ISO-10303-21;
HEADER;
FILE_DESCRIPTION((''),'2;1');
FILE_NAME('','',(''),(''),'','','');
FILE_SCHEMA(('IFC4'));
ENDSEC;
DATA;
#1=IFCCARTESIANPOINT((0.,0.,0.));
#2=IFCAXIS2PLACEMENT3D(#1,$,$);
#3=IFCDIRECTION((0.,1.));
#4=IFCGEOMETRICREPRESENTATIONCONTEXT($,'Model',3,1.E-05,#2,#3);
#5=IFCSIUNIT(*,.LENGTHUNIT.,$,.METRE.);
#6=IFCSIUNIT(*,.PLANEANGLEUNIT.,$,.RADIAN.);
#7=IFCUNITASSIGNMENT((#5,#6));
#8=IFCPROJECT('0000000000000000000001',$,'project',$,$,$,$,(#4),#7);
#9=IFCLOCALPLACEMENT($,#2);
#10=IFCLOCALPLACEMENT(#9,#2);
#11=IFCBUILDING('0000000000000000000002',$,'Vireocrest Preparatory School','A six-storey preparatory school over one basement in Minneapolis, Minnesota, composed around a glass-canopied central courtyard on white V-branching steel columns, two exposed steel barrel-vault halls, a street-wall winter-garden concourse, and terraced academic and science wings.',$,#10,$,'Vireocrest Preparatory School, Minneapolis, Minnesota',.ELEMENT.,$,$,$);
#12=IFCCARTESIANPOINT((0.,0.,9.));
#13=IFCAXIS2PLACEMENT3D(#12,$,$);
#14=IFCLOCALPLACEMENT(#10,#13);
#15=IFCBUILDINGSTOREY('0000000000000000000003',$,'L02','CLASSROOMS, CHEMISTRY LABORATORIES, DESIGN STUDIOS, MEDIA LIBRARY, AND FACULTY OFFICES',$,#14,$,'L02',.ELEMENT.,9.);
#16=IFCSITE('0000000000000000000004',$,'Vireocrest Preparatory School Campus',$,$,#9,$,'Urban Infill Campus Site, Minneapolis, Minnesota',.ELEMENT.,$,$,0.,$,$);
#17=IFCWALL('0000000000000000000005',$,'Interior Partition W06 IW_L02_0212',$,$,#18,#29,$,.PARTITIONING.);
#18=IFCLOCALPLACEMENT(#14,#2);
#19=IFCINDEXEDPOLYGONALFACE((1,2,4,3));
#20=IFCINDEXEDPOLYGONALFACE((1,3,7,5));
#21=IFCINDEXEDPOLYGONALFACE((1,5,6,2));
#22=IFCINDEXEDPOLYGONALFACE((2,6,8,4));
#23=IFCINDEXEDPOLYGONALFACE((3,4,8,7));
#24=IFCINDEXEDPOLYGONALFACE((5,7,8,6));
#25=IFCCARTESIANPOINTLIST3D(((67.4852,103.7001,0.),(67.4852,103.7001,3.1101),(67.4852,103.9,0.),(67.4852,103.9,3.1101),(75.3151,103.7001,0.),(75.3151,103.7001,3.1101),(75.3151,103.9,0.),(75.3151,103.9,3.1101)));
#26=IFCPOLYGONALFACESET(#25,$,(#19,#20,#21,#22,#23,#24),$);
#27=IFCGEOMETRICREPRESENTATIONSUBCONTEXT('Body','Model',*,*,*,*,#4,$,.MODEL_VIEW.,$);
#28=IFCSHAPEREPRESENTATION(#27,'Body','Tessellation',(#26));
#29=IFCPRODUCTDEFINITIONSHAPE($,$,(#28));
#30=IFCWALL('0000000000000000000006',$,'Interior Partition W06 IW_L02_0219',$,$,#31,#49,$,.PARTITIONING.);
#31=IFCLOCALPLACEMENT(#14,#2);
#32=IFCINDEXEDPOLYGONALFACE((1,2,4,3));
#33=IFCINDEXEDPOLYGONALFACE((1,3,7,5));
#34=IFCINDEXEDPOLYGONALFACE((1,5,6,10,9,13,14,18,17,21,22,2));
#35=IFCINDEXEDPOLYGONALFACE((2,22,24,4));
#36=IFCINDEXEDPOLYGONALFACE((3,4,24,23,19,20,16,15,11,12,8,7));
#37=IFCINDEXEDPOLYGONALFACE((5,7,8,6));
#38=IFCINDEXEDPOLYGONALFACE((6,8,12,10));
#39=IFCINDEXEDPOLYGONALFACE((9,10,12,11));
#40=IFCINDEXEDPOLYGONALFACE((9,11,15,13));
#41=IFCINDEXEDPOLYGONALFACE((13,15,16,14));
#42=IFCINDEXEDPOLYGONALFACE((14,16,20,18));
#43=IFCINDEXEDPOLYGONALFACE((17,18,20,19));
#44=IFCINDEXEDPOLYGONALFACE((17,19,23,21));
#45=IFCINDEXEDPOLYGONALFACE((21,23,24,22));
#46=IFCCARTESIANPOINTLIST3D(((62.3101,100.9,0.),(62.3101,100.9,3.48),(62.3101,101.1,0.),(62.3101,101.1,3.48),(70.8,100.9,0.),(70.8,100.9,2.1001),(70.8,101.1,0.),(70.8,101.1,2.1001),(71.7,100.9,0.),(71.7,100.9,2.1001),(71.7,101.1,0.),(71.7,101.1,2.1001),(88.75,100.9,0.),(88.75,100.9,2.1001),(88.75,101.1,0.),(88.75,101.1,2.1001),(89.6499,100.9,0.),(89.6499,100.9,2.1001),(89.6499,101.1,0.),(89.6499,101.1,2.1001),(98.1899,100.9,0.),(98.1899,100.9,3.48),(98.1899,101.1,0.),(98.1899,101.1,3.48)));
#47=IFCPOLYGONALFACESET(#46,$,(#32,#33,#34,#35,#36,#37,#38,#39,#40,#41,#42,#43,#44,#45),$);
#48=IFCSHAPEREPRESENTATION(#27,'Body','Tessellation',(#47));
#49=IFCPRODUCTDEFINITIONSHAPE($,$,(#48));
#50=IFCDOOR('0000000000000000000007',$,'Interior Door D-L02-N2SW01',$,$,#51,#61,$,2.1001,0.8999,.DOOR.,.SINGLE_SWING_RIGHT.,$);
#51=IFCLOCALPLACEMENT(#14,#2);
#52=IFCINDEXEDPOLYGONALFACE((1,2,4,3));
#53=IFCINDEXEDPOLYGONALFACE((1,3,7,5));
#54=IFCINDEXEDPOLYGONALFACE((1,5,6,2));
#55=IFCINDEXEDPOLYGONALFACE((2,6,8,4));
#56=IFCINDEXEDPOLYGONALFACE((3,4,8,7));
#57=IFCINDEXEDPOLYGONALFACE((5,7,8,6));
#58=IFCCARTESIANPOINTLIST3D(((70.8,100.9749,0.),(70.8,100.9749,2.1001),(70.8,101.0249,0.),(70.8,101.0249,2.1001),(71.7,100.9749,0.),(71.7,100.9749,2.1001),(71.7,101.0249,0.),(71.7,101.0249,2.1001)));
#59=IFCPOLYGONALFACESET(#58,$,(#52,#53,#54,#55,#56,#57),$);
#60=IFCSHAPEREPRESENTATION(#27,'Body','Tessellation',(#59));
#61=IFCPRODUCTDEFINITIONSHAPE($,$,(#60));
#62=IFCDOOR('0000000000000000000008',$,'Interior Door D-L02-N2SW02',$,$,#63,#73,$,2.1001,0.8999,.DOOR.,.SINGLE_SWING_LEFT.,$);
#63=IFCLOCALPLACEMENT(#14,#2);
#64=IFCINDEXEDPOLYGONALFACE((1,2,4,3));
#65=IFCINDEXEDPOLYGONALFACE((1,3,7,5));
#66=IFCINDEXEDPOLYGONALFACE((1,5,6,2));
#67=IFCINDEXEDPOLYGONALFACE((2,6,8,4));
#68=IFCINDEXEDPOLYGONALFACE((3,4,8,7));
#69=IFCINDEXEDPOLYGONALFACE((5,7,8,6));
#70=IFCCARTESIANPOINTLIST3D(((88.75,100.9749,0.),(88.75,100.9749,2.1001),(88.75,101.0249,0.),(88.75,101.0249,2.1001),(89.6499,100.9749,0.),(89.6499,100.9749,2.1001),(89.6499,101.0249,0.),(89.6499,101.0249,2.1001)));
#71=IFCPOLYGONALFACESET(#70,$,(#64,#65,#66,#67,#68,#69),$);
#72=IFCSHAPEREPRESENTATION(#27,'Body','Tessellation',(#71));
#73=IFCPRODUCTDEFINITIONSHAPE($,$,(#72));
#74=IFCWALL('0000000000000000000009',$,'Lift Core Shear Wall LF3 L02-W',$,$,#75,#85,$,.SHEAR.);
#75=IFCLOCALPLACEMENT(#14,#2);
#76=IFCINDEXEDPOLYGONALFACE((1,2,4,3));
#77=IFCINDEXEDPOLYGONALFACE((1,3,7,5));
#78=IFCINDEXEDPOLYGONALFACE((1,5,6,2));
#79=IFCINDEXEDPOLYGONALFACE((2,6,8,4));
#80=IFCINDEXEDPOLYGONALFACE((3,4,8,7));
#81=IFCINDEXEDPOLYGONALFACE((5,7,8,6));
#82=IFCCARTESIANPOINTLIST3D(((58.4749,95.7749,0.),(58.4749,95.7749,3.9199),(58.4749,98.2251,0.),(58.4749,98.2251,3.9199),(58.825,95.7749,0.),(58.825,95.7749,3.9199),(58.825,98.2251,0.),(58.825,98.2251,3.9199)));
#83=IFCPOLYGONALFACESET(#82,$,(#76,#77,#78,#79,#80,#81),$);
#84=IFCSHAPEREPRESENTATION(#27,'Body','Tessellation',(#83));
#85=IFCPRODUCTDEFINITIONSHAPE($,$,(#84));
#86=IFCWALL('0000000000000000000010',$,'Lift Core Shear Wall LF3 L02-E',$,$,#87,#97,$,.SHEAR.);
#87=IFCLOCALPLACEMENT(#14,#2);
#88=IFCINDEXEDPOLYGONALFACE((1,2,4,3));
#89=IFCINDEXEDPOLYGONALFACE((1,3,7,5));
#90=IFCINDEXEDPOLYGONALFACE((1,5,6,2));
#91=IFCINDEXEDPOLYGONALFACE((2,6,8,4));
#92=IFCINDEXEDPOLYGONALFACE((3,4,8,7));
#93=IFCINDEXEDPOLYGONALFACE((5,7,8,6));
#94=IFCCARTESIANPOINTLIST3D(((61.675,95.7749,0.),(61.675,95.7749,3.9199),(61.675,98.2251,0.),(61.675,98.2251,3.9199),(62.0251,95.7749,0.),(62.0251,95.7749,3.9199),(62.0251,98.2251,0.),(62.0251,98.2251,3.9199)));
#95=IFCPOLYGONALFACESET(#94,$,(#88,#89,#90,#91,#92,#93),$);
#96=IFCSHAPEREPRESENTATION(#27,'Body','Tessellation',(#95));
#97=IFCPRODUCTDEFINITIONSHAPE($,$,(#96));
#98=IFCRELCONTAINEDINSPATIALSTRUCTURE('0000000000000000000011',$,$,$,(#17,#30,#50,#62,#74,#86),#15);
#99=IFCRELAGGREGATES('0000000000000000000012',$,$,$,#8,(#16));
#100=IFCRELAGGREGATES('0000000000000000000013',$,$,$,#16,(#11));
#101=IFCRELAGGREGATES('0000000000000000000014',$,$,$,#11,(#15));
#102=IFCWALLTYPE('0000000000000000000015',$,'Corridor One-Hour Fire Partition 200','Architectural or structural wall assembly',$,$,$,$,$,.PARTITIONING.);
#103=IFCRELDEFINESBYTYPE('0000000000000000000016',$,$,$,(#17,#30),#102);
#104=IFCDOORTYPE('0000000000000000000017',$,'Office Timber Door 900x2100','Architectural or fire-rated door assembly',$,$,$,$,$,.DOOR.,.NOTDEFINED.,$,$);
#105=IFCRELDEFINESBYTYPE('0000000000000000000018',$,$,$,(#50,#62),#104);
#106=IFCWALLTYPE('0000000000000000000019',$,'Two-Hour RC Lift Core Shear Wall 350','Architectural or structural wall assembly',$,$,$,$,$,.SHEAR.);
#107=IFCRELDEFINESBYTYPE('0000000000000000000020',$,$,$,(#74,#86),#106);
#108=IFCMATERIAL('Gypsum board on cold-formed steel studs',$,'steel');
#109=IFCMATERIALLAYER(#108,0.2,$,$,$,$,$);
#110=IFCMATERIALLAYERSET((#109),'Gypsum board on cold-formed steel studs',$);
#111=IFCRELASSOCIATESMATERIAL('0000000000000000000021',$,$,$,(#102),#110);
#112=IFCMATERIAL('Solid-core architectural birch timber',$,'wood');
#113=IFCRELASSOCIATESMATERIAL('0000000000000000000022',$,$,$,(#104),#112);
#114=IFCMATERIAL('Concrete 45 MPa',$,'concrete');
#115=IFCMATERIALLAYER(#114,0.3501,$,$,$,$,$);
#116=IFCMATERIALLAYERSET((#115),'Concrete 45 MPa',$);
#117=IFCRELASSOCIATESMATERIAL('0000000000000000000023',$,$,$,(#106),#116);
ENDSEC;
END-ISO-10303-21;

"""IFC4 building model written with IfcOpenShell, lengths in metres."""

from ifc_helpers import new_model, si_unit, direction, frame, frame_2d, origin, place, context, subcontext, project, spatial, rectangle, extrude, material, layer, layer_set, type_object, element, fill, save


model = new_model("IFC4")

# Units and contexts
model_context = context("Model", 3, precision=1e-05, world=origin(), true_north=direction((0.0, 1.0)))
body_context = subcontext(model_context, "Body", "Model", "MODEL_VIEW")
ifc_project = project(units=[si_unit("LENGTHUNIT", "METRE"), si_unit("PLANEANGLEUNIT", "RADIAN")], contexts=[model_context])

# Site, building, storey
site_placement = place(None, origin())
site = spatial("IfcSite", under=ifc_project, at=site_placement, Name="Vireocrest Preparatory School Campus", LongName="Urban Infill Campus Site, Minneapolis, Minnesota", CompositionType="ELEMENT", RefElevation=0.0)
building_placement = place(site_placement, origin())
building = spatial("IfcBuilding", under=site, at=building_placement, Name="Vireocrest Preparatory School", Description="A six-storey preparatory school over one basement in Minneapolis, Minnesota, composed around a glass-canopied central courtyard on white V-branching steel columns, two exposed steel barrel-vault halls, a street-wall winter-garden concourse, and terraced academic and science wings.", LongName="Vireocrest Preparatory School, Minneapolis, Minnesota", CompositionType="ELEMENT")
storey_placement = place(building_placement, frame((0.0, 0.0, 9.0)))
storey = spatial("IfcBuildingStorey", under=building, at=storey_placement, Name="L02", Description="CLASSROOMS, CHEMISTRY LABORATORIES, DESIGN STUDIOS, MEDIA LIBRARY, AND FACULTY OFFICES", LongName="L02", CompositionType="ELEMENT", Elevation=9.0)

# Shared definitions
ifc_material_1 = material(Name="Concrete 45 MPa", Category="concrete")

# Shared definitions
ifc_material_2 = material(Name="Gypsum board on cold-formed steel studs", Category="steel")
ifc_layer_1 = layer(ifc_material_2, 0.2)
ifc_layer_set_1 = layer_set([ifc_layer_1], Name="Gypsum board on cold-formed steel studs")
wall_type_1 = type_object("IfcWallType", Name="Corridor One-Hour Fire Partition 200", Description="Architectural or structural wall assembly", PredefinedType="PARTITIONING", material=ifc_layer_set_1)
ifc_material_3 = material(Name="Solid-core architectural birch timber", Category="wood")
door_type = type_object("IfcDoorType", Name="Office Timber Door 900x2100", Description="Architectural or fire-rated door assembly", OperationType="NOTDEFINED", PredefinedType="DOOR", material=ifc_material_3)

# Wall
wall_1_placement = place(storey_placement, frame((67.4851, 103.8, 0.0), z_axis=(0.0, 0.0, 1.0), x_axis=(1.0, 0.0, 0.0)))
element("IfcWall", 1, at=wall_1_placement, inside=storey, type_object=wall_type_1, Name="Interior Partition W06 IW_L02_0212", PredefinedType="PARTITIONING", context=body_context, shape_type="SweptSolid", body=[
    extrude(rectangle(XDim=7.8298, YDim=0.2, at=frame_2d((3.915, 0.0))), origin(), (0.0, 0.0, 1.0), 3.1101),
])

# Wall, openings, doors
wall_2_placement = place(storey_placement, frame((62.3101, 101.0, 0.0), z_axis=(0.0, 0.0, 1.0), x_axis=(1.0, 0.0, 0.0)))
wall_2 = element("IfcWall", 2, at=wall_2_placement, inside=storey, type_object=wall_type_1, Name="Interior Partition W06 IW_L02_0219", PredefinedType="PARTITIONING", context=body_context, shape_type="SweptSolid", body=[
    extrude(rectangle(XDim=35.8799, YDim=0.2, at=frame_2d((17.9399, 0.0))), origin(), (0.0, 0.0, 1.0), 3.48),
])
opening_1_placement = place(wall_2_placement, frame((8.49, 0.0, 0.0)))
opening_1 = element("IfcOpeningElement", 3, at=opening_1_placement, cuts=wall_2, PredefinedType="OPENING", context=body_context, shape_type="SweptSolid", body=[
    extrude(rectangle(XDim=0.8999, YDim=2.1001, at=frame_2d((0.45, 1.05))), frame((0.0, 0.1099, 0.0), z_axis=(0.0, -1.0, 0.0), x_axis=(1.0, 0.0, 0.0)), (0.0, 0.0, 1.0), 0.22),
])
opening_2_placement = place(wall_2_placement, frame((26.4399, 0.0, 0.0)))
opening_2 = element("IfcOpeningElement", 4, at=opening_2_placement, cuts=wall_2, PredefinedType="OPENING", context=body_context, shape_type="SweptSolid", body=[
    extrude(rectangle(XDim=0.8999, YDim=2.1001, at=frame_2d((0.45, 1.05))), frame((0.0, 0.1099, 0.0), z_axis=(0.0, -1.0, 0.0), x_axis=(1.0, 0.0, 0.0)), (0.0, 0.0, 1.0), 0.22),
])
door_1_placement = place(opening_1_placement, origin())
door_1 = element("IfcDoor", 5, at=door_1_placement, inside=storey, type_object=door_type, Name="Interior Door D-L02-N2SW01", OperationType="SINGLE_SWING_RIGHT", OverallHeight=2.1001, OverallWidth=0.8999, PredefinedType="DOOR", context=body_context, shape_type="SweptSolid", body=[
    extrude(rectangle(XDim=0.8999, YDim=2.1001, at=frame_2d((0.45, 1.05))), frame((0.0, 0.0249, 0.0), z_axis=(0.0, -1.0, 0.0), x_axis=(1.0, 0.0, 0.0)), (0.0, 0.0, 1.0), 0.05),
])
fill(opening_1, door_1)
door_2_placement = place(opening_2_placement, origin())
door_2 = element("IfcDoor", 6, at=door_2_placement, inside=storey, type_object=door_type, Name="Interior Door D-L02-N2SW02", OperationType="SINGLE_SWING_LEFT", OverallHeight=2.1001, OverallWidth=0.8999, PredefinedType="DOOR", context=body_context, shape_type="SweptSolid", body=[
    extrude(rectangle(XDim=0.8999, YDim=2.1001, at=frame_2d((0.45, 1.05))), frame((0.0, 0.0249, 0.0), z_axis=(0.0, -1.0, 0.0), x_axis=(1.0, 0.0, 0.0)), (0.0, 0.0, 1.0), 0.05),
])
fill(opening_2, door_2)

# Walls
ifc_layer_2 = layer(ifc_material_1, 0.3501)
ifc_layer_set_2 = layer_set([ifc_layer_2], Name="Concrete 45 MPa")
wall_type_2 = type_object("IfcWallType", Name="Two-Hour RC Lift Core Shear Wall 350", Description="Architectural or structural wall assembly", PredefinedType="SHEAR", material=ifc_layer_set_2)
for number, where, z_axis, x_axis, name in (
    (7, (58.6499, 95.7749, 0.0), (0.0, 0.0, 1.0), (0.0, 1.0, 0.0), "Lift Core Shear Wall LF3 L02-W"),
    (8, (61.8501, 95.7749, 0.0), (0.0, 0.0, 1.0), (0.0, 1.0, 0.0), "Lift Core Shear Wall LF3 L02-E"),
):
    element("IfcWall", number, at=place(storey_placement, frame(where, z_axis=z_axis, x_axis=x_axis)), inside=storey, type_object=wall_type_2, Name=name, PredefinedType="SHEAR", context=body_context, shape_type="SweptSolid", body=[
        extrude(rectangle(XDim=2.4502, YDim=0.3501, at=frame_2d((1.2251, 0.0))), origin(), (0.0, 0.0, 1.0), 3.9199),
    ])

save(model, "model.ifc")
